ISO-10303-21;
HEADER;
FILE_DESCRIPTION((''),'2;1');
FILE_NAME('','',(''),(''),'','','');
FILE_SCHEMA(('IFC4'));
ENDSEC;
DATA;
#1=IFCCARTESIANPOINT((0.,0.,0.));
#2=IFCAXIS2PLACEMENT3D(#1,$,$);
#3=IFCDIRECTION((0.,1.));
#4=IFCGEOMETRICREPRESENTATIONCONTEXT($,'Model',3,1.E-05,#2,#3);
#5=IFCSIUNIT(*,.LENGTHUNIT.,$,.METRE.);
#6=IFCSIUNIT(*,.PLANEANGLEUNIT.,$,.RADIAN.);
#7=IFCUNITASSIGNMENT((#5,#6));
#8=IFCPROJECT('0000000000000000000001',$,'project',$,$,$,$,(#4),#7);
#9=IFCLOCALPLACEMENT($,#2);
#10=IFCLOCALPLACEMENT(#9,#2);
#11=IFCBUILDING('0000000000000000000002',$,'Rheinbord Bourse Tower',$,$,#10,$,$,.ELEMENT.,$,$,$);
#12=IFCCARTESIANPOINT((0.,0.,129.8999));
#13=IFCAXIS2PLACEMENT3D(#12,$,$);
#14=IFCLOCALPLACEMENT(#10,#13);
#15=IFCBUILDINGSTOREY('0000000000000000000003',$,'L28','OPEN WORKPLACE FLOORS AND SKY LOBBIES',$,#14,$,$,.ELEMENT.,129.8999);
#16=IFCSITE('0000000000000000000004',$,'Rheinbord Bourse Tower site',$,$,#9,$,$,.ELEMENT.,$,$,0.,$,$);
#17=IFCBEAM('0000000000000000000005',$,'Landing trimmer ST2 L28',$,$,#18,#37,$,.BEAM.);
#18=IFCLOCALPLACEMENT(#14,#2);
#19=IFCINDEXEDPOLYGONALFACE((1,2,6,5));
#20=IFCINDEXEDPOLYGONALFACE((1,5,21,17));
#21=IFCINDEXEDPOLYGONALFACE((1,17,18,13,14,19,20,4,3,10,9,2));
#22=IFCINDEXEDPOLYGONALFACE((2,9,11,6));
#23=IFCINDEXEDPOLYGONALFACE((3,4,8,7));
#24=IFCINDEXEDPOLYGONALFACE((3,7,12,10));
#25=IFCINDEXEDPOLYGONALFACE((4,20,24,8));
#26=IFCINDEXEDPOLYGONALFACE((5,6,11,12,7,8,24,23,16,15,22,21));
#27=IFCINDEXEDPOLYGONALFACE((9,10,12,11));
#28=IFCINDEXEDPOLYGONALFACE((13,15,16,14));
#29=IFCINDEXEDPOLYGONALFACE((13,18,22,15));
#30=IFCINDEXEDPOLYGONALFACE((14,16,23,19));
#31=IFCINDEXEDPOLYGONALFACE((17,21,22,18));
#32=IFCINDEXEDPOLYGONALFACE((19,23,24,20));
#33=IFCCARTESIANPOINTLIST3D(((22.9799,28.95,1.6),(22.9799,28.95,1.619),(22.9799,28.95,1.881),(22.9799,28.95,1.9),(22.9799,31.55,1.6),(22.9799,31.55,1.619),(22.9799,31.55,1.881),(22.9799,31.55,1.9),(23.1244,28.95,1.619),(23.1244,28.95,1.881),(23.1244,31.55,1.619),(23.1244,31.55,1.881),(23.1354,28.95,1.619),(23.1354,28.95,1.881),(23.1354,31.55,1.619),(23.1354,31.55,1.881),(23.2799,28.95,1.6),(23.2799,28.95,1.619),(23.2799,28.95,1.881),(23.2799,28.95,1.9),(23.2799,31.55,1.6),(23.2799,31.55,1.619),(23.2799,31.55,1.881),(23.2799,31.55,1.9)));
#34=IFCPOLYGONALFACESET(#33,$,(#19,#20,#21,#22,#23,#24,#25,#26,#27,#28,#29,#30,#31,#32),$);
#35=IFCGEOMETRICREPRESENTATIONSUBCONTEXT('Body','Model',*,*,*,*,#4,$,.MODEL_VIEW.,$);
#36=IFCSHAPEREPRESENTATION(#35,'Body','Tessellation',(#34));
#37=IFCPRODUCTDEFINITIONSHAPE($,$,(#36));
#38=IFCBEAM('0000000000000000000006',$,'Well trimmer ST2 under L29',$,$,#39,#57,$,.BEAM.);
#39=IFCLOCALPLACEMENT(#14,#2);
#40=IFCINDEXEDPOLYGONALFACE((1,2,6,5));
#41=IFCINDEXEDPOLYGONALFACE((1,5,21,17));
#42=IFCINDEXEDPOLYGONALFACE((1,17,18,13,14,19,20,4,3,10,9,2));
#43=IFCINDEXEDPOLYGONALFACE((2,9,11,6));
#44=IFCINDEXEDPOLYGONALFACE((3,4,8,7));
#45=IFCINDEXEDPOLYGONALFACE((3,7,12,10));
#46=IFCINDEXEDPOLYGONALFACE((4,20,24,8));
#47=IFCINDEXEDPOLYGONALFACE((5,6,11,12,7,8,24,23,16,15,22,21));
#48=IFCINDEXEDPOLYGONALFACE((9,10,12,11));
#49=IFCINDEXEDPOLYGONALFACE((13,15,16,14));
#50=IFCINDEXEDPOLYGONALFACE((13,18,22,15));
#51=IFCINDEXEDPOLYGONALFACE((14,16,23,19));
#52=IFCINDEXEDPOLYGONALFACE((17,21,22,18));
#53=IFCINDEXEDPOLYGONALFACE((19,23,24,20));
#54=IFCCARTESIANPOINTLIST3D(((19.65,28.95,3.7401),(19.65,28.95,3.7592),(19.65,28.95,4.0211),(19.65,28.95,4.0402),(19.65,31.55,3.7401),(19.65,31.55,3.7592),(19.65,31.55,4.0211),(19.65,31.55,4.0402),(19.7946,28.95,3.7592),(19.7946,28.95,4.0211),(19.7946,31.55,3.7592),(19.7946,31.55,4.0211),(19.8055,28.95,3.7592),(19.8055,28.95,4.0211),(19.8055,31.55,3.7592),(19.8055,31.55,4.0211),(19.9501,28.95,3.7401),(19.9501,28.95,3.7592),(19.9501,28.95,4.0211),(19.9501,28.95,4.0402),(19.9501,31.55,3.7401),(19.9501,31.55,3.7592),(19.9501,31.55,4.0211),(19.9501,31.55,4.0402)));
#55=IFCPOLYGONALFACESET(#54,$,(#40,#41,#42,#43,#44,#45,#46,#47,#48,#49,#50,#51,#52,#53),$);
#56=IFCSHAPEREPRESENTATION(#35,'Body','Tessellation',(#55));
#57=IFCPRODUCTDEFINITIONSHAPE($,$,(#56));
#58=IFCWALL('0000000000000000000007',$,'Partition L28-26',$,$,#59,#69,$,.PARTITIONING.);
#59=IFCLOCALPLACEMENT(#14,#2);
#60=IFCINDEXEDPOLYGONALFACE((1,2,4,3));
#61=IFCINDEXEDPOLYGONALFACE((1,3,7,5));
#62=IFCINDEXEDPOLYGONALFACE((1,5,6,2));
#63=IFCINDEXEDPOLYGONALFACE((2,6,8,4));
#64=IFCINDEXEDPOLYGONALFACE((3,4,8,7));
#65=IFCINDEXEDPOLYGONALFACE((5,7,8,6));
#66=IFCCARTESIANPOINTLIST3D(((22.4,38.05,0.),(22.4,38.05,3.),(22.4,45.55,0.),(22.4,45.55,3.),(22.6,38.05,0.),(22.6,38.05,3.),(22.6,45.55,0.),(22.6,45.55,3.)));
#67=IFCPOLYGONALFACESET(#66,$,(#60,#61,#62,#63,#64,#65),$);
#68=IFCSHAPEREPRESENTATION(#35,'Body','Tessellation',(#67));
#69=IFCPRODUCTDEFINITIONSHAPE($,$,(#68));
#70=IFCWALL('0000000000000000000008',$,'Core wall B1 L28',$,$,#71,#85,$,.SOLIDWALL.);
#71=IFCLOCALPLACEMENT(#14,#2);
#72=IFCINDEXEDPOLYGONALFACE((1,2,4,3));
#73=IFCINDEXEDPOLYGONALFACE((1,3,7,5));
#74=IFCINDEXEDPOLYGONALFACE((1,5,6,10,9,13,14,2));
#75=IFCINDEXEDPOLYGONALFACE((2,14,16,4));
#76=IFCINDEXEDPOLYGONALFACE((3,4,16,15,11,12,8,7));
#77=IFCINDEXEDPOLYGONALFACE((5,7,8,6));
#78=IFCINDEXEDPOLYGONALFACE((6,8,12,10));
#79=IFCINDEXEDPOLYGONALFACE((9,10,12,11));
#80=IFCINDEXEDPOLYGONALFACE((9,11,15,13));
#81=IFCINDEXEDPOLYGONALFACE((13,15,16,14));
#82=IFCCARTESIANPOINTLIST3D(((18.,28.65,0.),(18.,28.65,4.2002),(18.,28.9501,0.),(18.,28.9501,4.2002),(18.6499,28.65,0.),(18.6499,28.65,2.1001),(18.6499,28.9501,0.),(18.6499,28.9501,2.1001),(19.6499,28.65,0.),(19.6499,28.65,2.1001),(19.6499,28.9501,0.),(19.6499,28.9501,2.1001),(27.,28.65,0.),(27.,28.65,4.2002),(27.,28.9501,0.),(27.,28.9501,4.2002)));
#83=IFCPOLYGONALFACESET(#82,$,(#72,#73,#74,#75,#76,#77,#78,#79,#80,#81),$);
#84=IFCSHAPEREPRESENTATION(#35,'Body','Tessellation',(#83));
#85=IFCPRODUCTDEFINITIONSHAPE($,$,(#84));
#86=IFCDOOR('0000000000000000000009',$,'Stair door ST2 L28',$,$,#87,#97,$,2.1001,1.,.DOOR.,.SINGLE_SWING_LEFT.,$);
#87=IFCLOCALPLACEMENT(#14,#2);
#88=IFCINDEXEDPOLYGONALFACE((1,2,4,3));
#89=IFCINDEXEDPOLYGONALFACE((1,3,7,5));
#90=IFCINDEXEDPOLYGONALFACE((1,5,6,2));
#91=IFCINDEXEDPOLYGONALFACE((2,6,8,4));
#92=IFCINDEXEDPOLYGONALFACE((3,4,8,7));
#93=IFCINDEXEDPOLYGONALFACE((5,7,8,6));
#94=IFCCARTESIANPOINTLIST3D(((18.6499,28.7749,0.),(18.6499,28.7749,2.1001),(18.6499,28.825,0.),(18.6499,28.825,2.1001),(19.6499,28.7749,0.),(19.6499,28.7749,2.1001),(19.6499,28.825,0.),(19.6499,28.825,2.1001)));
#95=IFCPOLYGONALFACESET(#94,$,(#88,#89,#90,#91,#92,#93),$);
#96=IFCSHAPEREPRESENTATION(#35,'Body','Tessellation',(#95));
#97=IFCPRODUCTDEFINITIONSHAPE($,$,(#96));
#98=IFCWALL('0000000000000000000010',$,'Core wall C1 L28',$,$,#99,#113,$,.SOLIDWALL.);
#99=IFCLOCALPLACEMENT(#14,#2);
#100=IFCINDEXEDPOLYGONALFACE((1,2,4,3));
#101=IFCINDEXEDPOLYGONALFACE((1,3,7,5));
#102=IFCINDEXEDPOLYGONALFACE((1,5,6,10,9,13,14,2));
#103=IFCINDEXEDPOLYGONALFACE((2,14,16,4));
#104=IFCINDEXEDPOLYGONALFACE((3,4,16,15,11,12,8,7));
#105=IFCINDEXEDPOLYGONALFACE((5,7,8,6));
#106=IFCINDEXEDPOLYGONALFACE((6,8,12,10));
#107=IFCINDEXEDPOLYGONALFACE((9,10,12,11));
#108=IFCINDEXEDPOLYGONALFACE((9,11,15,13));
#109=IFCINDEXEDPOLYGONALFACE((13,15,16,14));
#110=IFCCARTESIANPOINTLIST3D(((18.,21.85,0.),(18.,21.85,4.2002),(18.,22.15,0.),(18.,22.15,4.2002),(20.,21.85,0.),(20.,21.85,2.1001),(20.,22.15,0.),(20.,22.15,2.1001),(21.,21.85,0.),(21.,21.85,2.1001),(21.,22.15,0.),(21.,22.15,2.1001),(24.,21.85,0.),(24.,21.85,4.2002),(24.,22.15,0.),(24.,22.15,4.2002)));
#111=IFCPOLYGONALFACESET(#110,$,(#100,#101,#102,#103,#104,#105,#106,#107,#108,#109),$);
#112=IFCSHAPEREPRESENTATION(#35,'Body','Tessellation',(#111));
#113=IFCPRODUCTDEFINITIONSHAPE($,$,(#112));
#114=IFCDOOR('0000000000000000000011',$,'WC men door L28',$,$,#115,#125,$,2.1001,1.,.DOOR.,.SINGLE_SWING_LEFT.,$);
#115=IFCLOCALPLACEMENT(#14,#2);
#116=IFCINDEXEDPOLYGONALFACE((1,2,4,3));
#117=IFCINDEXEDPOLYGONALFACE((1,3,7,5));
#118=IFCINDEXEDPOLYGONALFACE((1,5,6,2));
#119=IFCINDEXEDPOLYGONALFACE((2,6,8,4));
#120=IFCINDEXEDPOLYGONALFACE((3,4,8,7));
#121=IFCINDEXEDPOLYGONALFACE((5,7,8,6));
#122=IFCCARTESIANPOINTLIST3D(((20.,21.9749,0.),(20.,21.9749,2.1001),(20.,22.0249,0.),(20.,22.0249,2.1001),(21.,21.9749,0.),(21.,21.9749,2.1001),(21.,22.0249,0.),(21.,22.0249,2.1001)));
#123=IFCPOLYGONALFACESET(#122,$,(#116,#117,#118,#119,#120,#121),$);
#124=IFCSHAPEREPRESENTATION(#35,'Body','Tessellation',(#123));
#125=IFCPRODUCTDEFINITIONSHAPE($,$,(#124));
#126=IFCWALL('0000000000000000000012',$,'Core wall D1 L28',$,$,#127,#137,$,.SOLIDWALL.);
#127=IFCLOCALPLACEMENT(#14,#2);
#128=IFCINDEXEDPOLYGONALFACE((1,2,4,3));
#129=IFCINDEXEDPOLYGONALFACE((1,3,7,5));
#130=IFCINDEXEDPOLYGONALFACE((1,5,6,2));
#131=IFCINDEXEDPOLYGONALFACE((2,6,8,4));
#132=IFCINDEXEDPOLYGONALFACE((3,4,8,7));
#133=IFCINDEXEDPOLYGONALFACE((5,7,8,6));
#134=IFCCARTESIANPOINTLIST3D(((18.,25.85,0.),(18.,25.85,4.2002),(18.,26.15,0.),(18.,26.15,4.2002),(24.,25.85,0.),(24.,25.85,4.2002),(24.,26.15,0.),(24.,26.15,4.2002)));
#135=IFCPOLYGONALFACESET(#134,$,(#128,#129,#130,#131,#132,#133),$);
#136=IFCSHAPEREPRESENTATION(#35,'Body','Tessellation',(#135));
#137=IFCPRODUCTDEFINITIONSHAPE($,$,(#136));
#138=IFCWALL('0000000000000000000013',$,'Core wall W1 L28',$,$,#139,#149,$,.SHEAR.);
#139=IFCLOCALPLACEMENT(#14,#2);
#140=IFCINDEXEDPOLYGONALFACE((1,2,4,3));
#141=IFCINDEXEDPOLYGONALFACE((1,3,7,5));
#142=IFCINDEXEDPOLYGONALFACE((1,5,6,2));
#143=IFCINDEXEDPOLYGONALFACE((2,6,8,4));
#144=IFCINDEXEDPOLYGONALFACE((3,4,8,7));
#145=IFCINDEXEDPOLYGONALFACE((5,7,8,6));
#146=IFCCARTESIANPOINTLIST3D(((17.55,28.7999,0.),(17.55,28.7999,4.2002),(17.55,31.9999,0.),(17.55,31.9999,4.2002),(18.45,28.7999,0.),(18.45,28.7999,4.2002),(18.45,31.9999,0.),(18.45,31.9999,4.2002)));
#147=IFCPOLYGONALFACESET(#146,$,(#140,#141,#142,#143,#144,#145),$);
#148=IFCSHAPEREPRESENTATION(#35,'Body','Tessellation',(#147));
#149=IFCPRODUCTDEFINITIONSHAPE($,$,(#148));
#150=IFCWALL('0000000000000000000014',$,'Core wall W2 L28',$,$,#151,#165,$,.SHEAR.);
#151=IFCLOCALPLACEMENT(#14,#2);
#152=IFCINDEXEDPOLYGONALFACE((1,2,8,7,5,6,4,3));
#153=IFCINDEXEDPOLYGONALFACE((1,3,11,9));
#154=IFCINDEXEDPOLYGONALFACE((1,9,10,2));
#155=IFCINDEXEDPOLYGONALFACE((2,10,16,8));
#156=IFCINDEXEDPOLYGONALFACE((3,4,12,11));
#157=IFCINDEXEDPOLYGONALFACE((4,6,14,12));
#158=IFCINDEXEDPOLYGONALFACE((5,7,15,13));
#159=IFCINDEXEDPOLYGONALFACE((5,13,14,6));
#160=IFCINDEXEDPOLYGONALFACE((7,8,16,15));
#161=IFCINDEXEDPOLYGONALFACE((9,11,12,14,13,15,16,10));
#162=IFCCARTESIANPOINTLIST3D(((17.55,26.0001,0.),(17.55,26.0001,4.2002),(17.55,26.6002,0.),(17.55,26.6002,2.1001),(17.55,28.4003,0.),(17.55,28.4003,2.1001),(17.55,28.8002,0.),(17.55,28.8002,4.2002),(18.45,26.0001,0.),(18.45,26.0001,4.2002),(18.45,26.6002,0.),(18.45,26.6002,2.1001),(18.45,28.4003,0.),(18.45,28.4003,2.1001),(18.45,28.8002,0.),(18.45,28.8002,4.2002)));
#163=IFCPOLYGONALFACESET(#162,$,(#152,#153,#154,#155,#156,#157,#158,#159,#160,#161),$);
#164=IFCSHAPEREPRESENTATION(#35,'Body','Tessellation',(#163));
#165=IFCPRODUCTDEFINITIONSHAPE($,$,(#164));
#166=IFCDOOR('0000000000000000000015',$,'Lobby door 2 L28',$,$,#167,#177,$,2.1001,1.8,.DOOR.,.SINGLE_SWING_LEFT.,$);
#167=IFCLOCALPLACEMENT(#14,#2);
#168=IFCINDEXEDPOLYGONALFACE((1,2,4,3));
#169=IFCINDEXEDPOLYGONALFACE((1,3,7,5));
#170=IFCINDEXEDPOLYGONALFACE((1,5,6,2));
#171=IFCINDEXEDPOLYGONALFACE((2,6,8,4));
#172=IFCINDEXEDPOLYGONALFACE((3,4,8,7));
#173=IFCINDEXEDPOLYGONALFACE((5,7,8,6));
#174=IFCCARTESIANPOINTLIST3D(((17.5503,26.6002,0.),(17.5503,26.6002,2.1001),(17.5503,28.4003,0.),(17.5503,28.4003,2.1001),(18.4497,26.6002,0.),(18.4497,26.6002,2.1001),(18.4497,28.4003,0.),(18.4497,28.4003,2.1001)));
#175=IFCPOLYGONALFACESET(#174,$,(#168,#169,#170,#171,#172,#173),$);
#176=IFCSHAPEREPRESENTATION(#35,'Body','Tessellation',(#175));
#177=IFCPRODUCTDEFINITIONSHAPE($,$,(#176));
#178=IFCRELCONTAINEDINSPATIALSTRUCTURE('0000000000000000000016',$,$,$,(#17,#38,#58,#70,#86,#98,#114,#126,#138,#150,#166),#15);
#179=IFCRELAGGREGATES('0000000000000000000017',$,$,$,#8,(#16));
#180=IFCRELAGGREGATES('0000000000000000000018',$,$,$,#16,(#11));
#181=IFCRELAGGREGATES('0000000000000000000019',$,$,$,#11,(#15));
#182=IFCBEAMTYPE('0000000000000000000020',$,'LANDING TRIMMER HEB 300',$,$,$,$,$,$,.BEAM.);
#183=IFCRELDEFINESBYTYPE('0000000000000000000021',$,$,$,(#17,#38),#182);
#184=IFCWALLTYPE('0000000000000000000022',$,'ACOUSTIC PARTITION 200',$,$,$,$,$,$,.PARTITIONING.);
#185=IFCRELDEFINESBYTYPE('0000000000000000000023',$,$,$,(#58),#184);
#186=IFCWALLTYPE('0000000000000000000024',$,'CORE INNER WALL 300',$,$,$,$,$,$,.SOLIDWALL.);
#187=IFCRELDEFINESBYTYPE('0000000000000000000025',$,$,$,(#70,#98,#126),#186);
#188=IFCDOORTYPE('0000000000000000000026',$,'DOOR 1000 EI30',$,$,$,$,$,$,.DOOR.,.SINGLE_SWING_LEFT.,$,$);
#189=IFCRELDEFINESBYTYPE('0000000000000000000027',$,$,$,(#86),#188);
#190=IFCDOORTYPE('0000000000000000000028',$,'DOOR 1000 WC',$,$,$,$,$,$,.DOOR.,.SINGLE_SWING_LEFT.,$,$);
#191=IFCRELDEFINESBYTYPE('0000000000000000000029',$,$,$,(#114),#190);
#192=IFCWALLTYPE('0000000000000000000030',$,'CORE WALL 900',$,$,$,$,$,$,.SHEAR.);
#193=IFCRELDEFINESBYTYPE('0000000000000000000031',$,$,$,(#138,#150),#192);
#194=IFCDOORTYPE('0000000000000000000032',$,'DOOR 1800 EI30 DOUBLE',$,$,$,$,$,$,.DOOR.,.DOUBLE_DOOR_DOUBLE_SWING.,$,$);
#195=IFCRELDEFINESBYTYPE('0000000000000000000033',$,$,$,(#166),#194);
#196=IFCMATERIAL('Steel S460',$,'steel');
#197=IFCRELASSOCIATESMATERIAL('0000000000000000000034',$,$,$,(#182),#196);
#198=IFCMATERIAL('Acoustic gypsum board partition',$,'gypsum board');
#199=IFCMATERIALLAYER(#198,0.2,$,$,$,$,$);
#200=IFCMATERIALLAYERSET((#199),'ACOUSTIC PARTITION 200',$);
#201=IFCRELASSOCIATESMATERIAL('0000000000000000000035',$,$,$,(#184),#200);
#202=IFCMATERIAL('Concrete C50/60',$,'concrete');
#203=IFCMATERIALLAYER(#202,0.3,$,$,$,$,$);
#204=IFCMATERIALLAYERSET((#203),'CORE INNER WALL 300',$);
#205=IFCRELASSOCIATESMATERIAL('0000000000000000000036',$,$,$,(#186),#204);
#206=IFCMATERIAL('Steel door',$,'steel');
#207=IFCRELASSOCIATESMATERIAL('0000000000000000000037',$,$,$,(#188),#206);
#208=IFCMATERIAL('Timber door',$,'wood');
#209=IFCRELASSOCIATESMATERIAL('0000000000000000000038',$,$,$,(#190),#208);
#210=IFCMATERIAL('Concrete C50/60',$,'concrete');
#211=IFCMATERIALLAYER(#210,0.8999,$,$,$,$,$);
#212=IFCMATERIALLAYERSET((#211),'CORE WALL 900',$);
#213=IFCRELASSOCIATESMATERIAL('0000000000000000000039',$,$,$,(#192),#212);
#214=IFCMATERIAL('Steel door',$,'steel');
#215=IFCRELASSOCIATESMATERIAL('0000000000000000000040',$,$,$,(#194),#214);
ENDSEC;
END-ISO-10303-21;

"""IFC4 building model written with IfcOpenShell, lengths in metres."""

from ifc_helpers import new_model, si_unit, direction, frame, frame_2d, origin, origin_2d, place, context, subcontext, project, spatial, rectangle, i_section, extrude, material, layer, layer_set, material_profile, profile_set, type_object, element, fill, save


model = new_model("IFC4")

# Units and contexts
model_context = context("Model", 3, precision=1e-05, world=origin(), true_north=direction((0.0, 1.0)))
body_context = subcontext(model_context, "Body", "Model", "MODEL_VIEW")
ifc_project = project(units=[si_unit("LENGTHUNIT", "METRE"), si_unit("PLANEANGLEUNIT", "RADIAN")], contexts=[model_context])

# Site, building, storey
site_placement = place(None, origin())
site = spatial("IfcSite", under=ifc_project, at=site_placement, Name="Rheinbord Bourse Tower site", CompositionType="ELEMENT", RefElevation=0.0)
building_placement = place(site_placement, origin())
building = spatial("IfcBuilding", under=site, at=building_placement, Name="Rheinbord Bourse Tower", CompositionType="ELEMENT")
storey_placement = place(building_placement, frame((0.0, 0.0, 129.8999)))
storey = spatial("IfcBuildingStorey", under=building, at=storey_placement, Name="L28", Description="OPEN WORKPLACE FLOORS AND SKY LOBBIES", CompositionType="ELEMENT", Elevation=129.8999)

# Beams
ifc_material_1 = material(Name="Steel S460", Category="steel")
ifc_material_profile = material_profile(ifc_material_1, i_section(OverallWidth=0.3, OverallDepth=0.3, WebThickness=0.011, FlangeThickness=0.019, at=origin_2d()), Name="HEB 300")
ifc_profile_set = profile_set([ifc_material_profile], Name="Steel S460")
beam_type = type_object("IfcBeamType", Name="LANDING TRIMMER HEB 300", PredefinedType="BEAM", material=ifc_profile_set)
for number, where, z_axis, x_axis, name in (
    (1, (23.1299, 28.95, 1.75), (0.0, 1.0, 0.0), (-1.0, 0.0, 0.0), "Landing trimmer ST2 L28"),
    (2, (19.8, 28.95, 3.8901), (0.0, 1.0, 0.0), (-1.0, 0.0, 0.0), "Well trimmer ST2 under L29"),
):
    element("IfcBeam", number, at=place(storey_placement, frame(where, z_axis=z_axis, x_axis=x_axis)), inside=storey, type_object=beam_type, Name=name, PredefinedType="BEAM", context=body_context, shape_type="SweptSolid", body=[
        extrude(i_section(OverallWidth=0.3, OverallDepth=0.3, WebThickness=0.011, FlangeThickness=0.019, at=origin_2d()), origin(), (0.0, 0.0, 1.0), 2.6001),
    ])

# Wall
ifc_material_2 = material(Name="Acoustic gypsum board partition", Category="gypsum board")
ifc_layer_1 = layer(ifc_material_2, 0.2)
ifc_layer_set_1 = layer_set([ifc_layer_1], Name="ACOUSTIC PARTITION 200")
wall_type_1 = type_object("IfcWallType", Name="ACOUSTIC PARTITION 200", PredefinedType="PARTITIONING", material=ifc_layer_set_1)
wall_1_placement = place(storey_placement, frame((22.5, 38.05, 0.0), z_axis=(0.0, 0.0, 1.0), x_axis=(0.0, 1.0, 0.0)))
element("IfcWall", 3, at=wall_1_placement, inside=storey, type_object=wall_type_1, Name="Partition L28-26", PredefinedType="PARTITIONING", context=body_context, shape_type="SweptSolid", body=[
    extrude(rectangle(XDim=7.5, YDim=0.2, at=frame_2d((3.75, 0.0))), origin(), (0.0, 0.0, 1.0), 3.0),
])

# Walls, openings, doors
ifc_material_3 = material(Name="Concrete C50/60", Category="concrete")
ifc_layer_2 = layer(ifc_material_3, 0.3)
ifc_layer_set_2 = layer_set([ifc_layer_2], Name="CORE INNER WALL 300")
wall_type_2 = type_object("IfcWallType", Name="CORE INNER WALL 300", PredefinedType="SOLIDWALL", material=ifc_layer_set_2)
wall_2_placement = place(storey_placement, frame((18.0, 28.8, 0.0), z_axis=(0.0, 0.0, 1.0), x_axis=(1.0, 0.0, 0.0)))
wall_2 = element("IfcWall", 4, at=wall_2_placement, inside=storey, type_object=wall_type_2, Name="Core wall B1 L28", PredefinedType="SOLIDWALL", context=body_context, shape_type="SweptSolid", body=[
    extrude(rectangle(XDim=9.0, YDim=0.3, at=frame_2d((4.5, 0.0))), origin(), (0.0, 0.0, 1.0), 4.2002),
])
opening_1_placement = place(wall_2_placement, frame((0.6499, 0.0, 0.0)))
opening_1 = element("IfcOpeningElement", 5, at=opening_1_placement, cuts=wall_2, PredefinedType="OPENING", context=body_context, shape_type="SweptSolid", body=[
    extrude(rectangle(XDim=1.0, YDim=2.1001, at=frame_2d((0.5, 1.05))), frame((0.0, 0.1599, 0.0), z_axis=(0.0, -1.0, 0.0), x_axis=(1.0, 0.0, 0.0)), (0.0, 0.0, 1.0), 0.3201),
])
ifc_material_4 = material(Name="Steel door", Category="steel")
door_type_1 = type_object("IfcDoorType", Name="DOOR 1000 EI30", OperationType="SINGLE_SWING_LEFT", PredefinedType="DOOR", material=ifc_material_4)
door_1_placement = place(opening_1_placement, origin())
door_1 = element("IfcDoor", 6, at=door_1_placement, inside=storey, type_object=door_type_1, Name="Stair door ST2 L28", OperationType="SINGLE_SWING_LEFT", OverallHeight=2.1001, OverallWidth=1.0, PredefinedType="DOOR", context=body_context, shape_type="SweptSolid", body=[
    extrude(rectangle(XDim=1.0, YDim=2.1001, at=frame_2d((0.5, 1.05))), frame((0.0, 0.0249, 0.0), z_axis=(0.0, -1.0, 0.0), x_axis=(1.0, 0.0, 0.0)), (0.0, 0.0, 1.0), 0.05),
])
fill(opening_1, door_1)
wall_3_placement = place(storey_placement, frame((18.0, 22.0, 0.0), z_axis=(0.0, 0.0, 1.0), x_axis=(1.0, 0.0, 0.0)))
wall_3 = element("IfcWall", 7, at=wall_3_placement, inside=storey, type_object=wall_type_2, Name="Core wall C1 L28", PredefinedType="SOLIDWALL", context=body_context, shape_type="SweptSolid", body=[
    extrude(rectangle(XDim=6.0, YDim=0.3, at=frame_2d((3.0, 0.0))), origin(), (0.0, 0.0, 1.0), 4.2002),
])
opening_2_placement = place(wall_3_placement, frame((2.0, 0.0, 0.0)))
opening_2 = element("IfcOpeningElement", 8, at=opening_2_placement, cuts=wall_3, PredefinedType="OPENING", context=body_context, shape_type="SweptSolid", body=[
    extrude(rectangle(XDim=1.0, YDim=2.1001, at=frame_2d((0.5, 1.05))), frame((0.0, 0.1599, 0.0), z_axis=(0.0, -1.0, 0.0), x_axis=(1.0, 0.0, 0.0)), (0.0, 0.0, 1.0), 0.3201),
])
ifc_material_5 = material(Name="Timber door", Category="wood")
door_type_2 = type_object("IfcDoorType", Name="DOOR 1000 WC", OperationType="SINGLE_SWING_LEFT", PredefinedType="DOOR", material=ifc_material_5)
door_2_placement = place(opening_2_placement, origin())
door_2 = element("IfcDoor", 9, at=door_2_placement, inside=storey, type_object=door_type_2, Name="WC men door L28", OperationType="SINGLE_SWING_LEFT", OverallHeight=2.1001, OverallWidth=1.0, PredefinedType="DOOR", context=body_context, shape_type="SweptSolid", body=[
    extrude(rectangle(XDim=1.0, YDim=2.1001, at=frame_2d((0.5, 1.05))), frame((0.0, 0.0249, 0.0), z_axis=(0.0, -1.0, 0.0), x_axis=(1.0, 0.0, 0.0)), (0.0, 0.0, 1.0), 0.05),
])
fill(opening_2, door_2)

# Walls
wall_4_placement = place(storey_placement, frame((18.0, 26.0, 0.0), z_axis=(0.0, 0.0, 1.0), x_axis=(1.0, 0.0, 0.0)))
element("IfcWall", 10, at=wall_4_placement, inside=storey, type_object=wall_type_2, Name="Core wall D1 L28", PredefinedType="SOLIDWALL", context=body_context, shape_type="SweptSolid", body=[
    extrude(rectangle(XDim=6.0, YDim=0.3, at=frame_2d((3.0, 0.0))), origin(), (0.0, 0.0, 1.0), 4.2002),
])
ifc_material_6 = material(Name="Concrete C50/60", Category="concrete")
ifc_layer_3 = layer(ifc_material_6, 0.8999)
ifc_layer_set_3 = layer_set([ifc_layer_3], Name="CORE WALL 900")
wall_type_3 = type_object("IfcWallType", Name="CORE WALL 900", PredefinedType="SHEAR", material=ifc_layer_set_3)
wall_5_placement = place(storey_placement, frame((18.0, 32.0, 0.0), z_axis=(0.0, 0.0, 1.0), x_axis=(0.0, -1.0, 0.0)))
element("IfcWall", 11, at=wall_5_placement, inside=storey, type_object=wall_type_3, Name="Core wall W1 L28", PredefinedType="SHEAR", context=body_context, shape_type="SweptSolid", body=[
    extrude(rectangle(XDim=3.2, YDim=0.8999, at=frame_2d((1.6001, 0.0))), origin(), (0.0, 0.0, 1.0), 4.2002),
])

# Wall, opening, door
wall_6_placement = place(storey_placement, frame((18.0, 28.8, 0.0), z_axis=(0.0, 0.0, 1.0), x_axis=(0.0, -1.0, 0.0)))
wall_6 = element("IfcWall", 12, at=wall_6_placement, inside=storey, type_object=wall_type_3, Name="Core wall W2 L28", PredefinedType="SHEAR", context=body_context, shape_type="SweptSolid", body=[
    extrude(rectangle(XDim=2.8, YDim=0.8999, at=frame_2d((1.3999, 0.0))), origin(), (0.0, 0.0, 1.0), 4.2002),
])
opening_3_placement = place(wall_6_placement, frame((0.3999, 0.0, 0.0)))
opening_3 = element("IfcOpeningElement", 13, at=opening_3_placement, cuts=wall_6, PredefinedType="OPENING", context=body_context, shape_type="SweptSolid", body=[
    extrude(rectangle(XDim=1.8, YDim=2.1001, at=frame_2d((0.8999, 1.05))), frame((0.0, 0.46, 0.0), z_axis=(0.0, -1.0, 0.0), x_axis=(1.0, 0.0, 0.0)), (0.0, 0.0, 1.0), 0.9199),
])
ifc_material_7 = material(Name="Steel door", Category="steel")
door_type_3 = type_object("IfcDoorType", Name="DOOR 1800 EI30 DOUBLE", OperationType="DOUBLE_DOOR_DOUBLE_SWING", PredefinedType="DOOR", material=ifc_material_7)
door_3_placement = place(opening_3_placement, origin())
door_3 = element("IfcDoor", 14, at=door_3_placement, inside=storey, type_object=door_type_3, Name="Lobby door 2 L28", OperationType="SINGLE_SWING_LEFT", OverallHeight=2.1001, OverallWidth=1.8, PredefinedType="DOOR", context=body_context, shape_type="SweptSolid", body=[
    extrude(rectangle(XDim=1.8, YDim=2.1001, at=frame_2d((0.8999, 1.05))), frame((0.0, 0.4497, 0.0), z_axis=(0.0, -1.0, 0.0), x_axis=(1.0, 0.0, 0.0)), (0.0, 0.0, 1.0), 0.8994),
])
fill(opening_3, door_3)

save(model, "model.ifc")
